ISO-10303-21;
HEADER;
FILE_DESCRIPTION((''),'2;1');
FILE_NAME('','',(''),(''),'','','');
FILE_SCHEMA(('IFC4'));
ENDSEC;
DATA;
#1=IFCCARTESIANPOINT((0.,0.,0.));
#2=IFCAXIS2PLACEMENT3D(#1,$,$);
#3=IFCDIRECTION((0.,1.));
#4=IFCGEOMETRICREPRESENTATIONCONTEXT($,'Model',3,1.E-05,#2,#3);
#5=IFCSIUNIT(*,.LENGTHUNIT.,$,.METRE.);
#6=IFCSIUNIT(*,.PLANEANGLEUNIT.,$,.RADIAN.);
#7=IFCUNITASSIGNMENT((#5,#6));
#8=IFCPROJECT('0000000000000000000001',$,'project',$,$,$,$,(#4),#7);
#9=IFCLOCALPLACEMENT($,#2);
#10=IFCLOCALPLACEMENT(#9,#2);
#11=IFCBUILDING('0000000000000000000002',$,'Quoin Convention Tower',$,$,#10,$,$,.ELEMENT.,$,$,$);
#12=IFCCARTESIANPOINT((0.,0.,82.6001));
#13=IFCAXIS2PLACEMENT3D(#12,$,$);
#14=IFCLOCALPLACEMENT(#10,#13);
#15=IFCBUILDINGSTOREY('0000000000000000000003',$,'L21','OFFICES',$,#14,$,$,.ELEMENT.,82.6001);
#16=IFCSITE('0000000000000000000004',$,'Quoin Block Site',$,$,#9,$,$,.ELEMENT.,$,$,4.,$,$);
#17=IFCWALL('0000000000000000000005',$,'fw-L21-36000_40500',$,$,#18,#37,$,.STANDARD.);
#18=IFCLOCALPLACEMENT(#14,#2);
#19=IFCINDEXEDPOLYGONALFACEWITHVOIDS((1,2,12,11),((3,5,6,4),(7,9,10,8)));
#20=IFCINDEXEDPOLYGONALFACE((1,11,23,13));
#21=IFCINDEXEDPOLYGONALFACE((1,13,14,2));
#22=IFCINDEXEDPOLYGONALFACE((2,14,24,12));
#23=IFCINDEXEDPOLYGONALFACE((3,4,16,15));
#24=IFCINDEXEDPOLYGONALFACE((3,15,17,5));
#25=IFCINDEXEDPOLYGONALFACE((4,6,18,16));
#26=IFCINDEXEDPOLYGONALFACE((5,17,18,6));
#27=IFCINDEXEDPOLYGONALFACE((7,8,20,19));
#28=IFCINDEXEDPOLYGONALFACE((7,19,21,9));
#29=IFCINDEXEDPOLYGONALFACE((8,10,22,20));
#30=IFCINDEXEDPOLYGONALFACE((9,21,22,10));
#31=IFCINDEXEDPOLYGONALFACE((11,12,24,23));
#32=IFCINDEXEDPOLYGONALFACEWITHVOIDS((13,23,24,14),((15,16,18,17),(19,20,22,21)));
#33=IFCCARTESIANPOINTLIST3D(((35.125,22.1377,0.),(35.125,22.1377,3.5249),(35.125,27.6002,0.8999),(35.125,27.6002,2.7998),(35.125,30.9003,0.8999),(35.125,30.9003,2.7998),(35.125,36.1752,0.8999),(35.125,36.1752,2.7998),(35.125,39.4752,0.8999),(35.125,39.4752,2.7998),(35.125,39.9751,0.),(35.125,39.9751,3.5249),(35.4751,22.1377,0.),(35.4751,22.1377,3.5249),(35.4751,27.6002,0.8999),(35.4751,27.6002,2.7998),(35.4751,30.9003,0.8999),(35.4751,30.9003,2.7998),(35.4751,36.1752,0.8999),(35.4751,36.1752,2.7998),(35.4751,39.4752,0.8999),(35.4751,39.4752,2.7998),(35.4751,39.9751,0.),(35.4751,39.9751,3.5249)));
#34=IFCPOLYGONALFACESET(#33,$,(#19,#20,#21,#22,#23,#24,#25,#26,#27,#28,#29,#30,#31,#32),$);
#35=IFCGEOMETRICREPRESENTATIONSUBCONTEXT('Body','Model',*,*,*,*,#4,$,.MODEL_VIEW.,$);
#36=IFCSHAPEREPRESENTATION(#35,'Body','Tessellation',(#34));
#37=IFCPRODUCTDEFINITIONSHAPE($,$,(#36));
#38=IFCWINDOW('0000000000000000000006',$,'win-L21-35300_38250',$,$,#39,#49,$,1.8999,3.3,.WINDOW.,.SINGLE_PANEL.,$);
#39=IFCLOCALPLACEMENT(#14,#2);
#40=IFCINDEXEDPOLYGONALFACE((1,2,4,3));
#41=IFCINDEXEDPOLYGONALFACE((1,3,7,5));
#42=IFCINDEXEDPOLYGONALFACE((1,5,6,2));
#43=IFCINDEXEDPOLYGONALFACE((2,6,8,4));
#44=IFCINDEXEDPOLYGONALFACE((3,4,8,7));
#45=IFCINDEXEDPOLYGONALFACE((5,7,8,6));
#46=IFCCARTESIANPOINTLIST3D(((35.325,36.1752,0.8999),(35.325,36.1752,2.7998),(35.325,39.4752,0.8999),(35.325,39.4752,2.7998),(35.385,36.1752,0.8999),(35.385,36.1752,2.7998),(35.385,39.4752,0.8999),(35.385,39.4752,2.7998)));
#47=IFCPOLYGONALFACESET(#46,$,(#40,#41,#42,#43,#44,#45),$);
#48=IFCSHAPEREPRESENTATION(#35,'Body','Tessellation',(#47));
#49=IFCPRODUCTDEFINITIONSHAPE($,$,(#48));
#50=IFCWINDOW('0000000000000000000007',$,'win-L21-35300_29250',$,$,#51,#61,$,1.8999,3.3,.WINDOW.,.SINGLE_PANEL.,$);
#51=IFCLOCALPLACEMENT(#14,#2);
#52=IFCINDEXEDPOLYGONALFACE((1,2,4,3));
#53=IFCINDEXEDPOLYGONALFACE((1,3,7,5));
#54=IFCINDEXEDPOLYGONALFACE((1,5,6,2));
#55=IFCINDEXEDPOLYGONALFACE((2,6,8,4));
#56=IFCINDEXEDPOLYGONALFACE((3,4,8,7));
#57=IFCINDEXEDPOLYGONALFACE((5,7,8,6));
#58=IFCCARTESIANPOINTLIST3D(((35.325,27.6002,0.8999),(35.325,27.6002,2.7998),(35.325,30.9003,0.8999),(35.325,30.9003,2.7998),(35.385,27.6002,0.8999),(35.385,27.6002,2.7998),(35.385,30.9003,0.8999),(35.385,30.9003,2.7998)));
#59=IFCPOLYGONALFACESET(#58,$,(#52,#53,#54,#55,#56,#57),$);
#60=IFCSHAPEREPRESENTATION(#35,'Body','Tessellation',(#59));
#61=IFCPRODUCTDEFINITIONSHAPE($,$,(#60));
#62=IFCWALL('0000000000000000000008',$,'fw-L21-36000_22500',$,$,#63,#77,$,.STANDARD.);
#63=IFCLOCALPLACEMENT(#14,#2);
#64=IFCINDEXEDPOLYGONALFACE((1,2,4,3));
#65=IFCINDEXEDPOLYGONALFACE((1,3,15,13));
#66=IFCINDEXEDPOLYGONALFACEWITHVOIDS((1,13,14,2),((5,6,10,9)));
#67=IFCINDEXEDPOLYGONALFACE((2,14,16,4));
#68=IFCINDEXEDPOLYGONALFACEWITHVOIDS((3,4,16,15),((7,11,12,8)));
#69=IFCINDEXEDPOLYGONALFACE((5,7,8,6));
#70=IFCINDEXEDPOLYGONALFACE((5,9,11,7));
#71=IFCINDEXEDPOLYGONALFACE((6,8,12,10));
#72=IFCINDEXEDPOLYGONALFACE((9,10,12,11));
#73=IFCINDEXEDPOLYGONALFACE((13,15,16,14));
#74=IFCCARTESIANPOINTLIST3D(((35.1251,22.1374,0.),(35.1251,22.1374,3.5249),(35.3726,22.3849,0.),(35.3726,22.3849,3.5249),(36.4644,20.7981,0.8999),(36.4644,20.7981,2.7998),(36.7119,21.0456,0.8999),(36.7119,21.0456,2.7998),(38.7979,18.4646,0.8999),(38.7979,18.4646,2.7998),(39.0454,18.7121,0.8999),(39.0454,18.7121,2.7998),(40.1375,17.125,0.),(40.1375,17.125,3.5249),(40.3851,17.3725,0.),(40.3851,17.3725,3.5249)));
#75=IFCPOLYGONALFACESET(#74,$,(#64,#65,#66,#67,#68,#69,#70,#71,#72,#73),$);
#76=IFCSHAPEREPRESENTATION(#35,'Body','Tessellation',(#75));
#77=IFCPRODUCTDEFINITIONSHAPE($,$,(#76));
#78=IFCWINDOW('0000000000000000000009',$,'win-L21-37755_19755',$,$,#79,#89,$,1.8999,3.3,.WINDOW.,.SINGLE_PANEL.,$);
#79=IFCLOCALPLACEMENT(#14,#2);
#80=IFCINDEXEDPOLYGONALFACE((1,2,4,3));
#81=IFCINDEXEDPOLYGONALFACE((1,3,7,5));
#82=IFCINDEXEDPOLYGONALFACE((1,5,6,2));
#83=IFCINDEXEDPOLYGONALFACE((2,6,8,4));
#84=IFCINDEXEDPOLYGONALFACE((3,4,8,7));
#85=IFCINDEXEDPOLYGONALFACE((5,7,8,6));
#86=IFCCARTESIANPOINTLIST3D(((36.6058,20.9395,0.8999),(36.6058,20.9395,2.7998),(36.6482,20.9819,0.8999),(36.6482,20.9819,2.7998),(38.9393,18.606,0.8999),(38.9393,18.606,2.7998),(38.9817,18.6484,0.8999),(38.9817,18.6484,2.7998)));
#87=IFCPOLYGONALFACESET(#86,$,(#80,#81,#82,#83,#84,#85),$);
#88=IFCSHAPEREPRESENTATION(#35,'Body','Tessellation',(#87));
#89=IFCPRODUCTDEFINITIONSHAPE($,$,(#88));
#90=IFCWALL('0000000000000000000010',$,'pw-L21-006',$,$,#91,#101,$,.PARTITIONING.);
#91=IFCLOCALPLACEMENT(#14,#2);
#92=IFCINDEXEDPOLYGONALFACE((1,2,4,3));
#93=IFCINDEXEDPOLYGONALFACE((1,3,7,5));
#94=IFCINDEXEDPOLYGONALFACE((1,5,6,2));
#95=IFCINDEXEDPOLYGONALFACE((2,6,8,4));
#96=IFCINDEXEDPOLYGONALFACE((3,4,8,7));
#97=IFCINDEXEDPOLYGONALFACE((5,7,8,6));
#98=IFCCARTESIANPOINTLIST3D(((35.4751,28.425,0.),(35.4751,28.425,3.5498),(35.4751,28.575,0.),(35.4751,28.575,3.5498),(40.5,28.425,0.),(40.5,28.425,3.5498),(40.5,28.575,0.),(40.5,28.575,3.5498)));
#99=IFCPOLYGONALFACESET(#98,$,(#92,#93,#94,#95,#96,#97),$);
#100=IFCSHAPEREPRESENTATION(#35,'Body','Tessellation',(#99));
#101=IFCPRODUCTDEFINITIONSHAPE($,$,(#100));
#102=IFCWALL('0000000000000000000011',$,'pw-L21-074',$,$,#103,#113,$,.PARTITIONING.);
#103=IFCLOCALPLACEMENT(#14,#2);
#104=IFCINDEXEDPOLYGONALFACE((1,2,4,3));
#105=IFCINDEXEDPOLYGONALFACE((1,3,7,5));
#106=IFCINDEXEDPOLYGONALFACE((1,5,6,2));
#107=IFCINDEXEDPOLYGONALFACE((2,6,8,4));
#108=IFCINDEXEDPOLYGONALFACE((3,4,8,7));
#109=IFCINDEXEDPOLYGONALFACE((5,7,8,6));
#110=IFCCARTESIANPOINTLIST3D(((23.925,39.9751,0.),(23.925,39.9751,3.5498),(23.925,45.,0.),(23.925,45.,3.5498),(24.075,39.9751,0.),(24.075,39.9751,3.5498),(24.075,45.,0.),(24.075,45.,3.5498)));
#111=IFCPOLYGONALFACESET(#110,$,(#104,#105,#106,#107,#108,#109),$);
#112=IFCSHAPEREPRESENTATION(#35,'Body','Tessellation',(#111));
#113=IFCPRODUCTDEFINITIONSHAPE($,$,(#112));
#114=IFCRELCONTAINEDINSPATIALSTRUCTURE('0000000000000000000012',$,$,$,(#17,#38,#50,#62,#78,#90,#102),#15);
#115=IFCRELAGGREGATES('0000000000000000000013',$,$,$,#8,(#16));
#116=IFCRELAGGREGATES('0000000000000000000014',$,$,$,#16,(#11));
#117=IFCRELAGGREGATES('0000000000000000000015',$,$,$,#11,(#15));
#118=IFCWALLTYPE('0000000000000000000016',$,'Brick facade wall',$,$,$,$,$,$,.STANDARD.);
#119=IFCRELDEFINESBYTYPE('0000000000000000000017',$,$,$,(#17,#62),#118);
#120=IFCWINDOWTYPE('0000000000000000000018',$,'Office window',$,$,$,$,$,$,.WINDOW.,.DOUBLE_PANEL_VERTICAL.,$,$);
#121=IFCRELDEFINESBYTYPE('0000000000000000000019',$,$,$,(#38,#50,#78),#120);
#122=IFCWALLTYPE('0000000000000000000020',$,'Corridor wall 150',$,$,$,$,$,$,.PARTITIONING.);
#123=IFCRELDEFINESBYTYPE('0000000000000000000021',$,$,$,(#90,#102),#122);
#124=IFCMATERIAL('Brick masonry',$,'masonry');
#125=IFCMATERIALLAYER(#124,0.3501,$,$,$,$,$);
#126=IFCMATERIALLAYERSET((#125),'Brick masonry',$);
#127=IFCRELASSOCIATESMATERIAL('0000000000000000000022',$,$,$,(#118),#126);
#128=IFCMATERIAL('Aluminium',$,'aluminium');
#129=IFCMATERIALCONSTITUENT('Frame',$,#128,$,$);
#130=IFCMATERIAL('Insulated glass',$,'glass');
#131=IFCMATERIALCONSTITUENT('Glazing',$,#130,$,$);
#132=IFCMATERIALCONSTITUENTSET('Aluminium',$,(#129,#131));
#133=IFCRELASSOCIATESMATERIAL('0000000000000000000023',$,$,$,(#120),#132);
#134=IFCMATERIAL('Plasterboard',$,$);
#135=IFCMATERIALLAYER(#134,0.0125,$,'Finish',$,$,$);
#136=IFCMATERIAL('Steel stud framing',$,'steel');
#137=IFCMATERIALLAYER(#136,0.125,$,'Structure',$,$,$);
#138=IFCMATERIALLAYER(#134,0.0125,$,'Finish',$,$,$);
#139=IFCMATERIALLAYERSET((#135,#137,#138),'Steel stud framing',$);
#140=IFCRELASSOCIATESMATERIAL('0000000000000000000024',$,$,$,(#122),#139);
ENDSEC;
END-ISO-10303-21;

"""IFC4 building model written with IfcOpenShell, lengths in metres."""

from ifc_helpers import new_model, si_unit, direction, frame, frame_2d, origin, place, context, subcontext, project, spatial, rectangle, extrude, material, layer, layer_set, constituent, constituent_set, type_object, element, fill, save


model = new_model("IFC4")

# Units and contexts
model_context = context("Model", 3, precision=1e-05, world=origin(), true_north=direction((0.0, 1.0)))
body_context = subcontext(model_context, "Body", "Model", "MODEL_VIEW")
ifc_project = project(units=[si_unit("LENGTHUNIT", "METRE"), si_unit("PLANEANGLEUNIT", "RADIAN")], contexts=[model_context])

# Site, building, storey
site_placement = place(None, origin())
site = spatial("IfcSite", under=ifc_project, at=site_placement, Name="Quoin Block Site", CompositionType="ELEMENT", RefElevation=4.0)
building_placement = place(site_placement, origin())
building = spatial("IfcBuilding", under=site, at=building_placement, Name="Quoin Convention Tower", CompositionType="ELEMENT")
storey_placement = place(building_placement, frame((0.0, 0.0, 82.6001)))
storey = spatial("IfcBuildingStorey", under=building, at=storey_placement, Name="L21", Description="OFFICES", CompositionType="ELEMENT", Elevation=82.6001)

# Wall, openings, windows
ifc_material_1 = material(Name="Brick masonry", Category="masonry")
ifc_layer_1 = layer(ifc_material_1, 0.3501)
ifc_layer_set_1 = layer_set([ifc_layer_1], Name="Brick masonry")
wall_type_1 = type_object("IfcWallType", Name="Brick facade wall", PredefinedType="STANDARD", material=ifc_layer_set_1)
ifc_material_2 = material(Name="Aluminium", Category="aluminium")
ifc_constituent_1 = constituent(ifc_material_2, Name="Frame")
ifc_material_3 = material(Name="Insulated glass", Category="glass")
ifc_constituent_2 = constituent(ifc_material_3, Name="Glazing")
ifc_constituent_set = constituent_set(constituents=[ifc_constituent_1, ifc_constituent_2], Name="Aluminium")
window_type = type_object("IfcWindowType", Name="Office window", PartitioningType="DOUBLE_PANEL_VERTICAL", PredefinedType="WINDOW", material=ifc_constituent_set)
wall_1_placement = place(storey_placement, frame((35.3, 39.9751, 0.0), z_axis=(0.0, 0.0, 1.0), x_axis=(0.0, -1.0, 0.0)))
wall_1 = element("IfcWall", 1, at=wall_1_placement, inside=storey, type_object=wall_type_1, Name="fw-L21-36000_40500", PredefinedType="STANDARD", context=body_context, shape_type="SweptSolid", body=[
    extrude(rectangle(XDim=17.8374, YDim=0.3501, at=frame_2d((8.9187, 0.0))), origin(), (0.0, 0.0, 1.0), 3.5249),
])
opening_1_placement = place(wall_1_placement, frame((0.5, 0.0, 0.8999)))
opening_1 = element("IfcOpeningElement", 2, at=opening_1_placement, cuts=wall_1, PredefinedType="OPENING", context=body_context, shape_type="SweptSolid", body=[
    extrude(rectangle(XDim=3.3, YDim=1.8999, at=frame_2d((1.6499, 0.95))), frame((0.0, 0.1851, 0.0), z_axis=(0.0, -1.0, 0.0), x_axis=(1.0, 0.0, 0.0)), (0.0, 0.0, 1.0), 0.3701),
])
opening_2_placement = place(wall_1_placement, frame((9.075, 0.0, 0.8999)))
opening_2 = element("IfcOpeningElement", 3, at=opening_2_placement, cuts=wall_1, PredefinedType="OPENING", context=body_context, shape_type="SweptSolid", body=[
    extrude(rectangle(XDim=3.3, YDim=1.8999, at=frame_2d((1.6499, 0.95))), frame((0.0, 0.1851, 0.0), z_axis=(0.0, -1.0, 0.0), x_axis=(1.0, 0.0, 0.0)), (0.0, 0.0, 1.0), 0.3701),
])
window_1_placement = place(opening_1_placement, origin())
window_1 = element("IfcWindow", 4, at=window_1_placement, inside=storey, type_object=window_type, Name="win-L21-35300_38250", OverallHeight=1.8999, OverallWidth=3.3, PartitioningType="SINGLE_PANEL", PredefinedType="WINDOW", context=body_context, shape_type="SweptSolid", body=[
    extrude(rectangle(XDim=3.3, YDim=1.8999, at=frame_2d((1.6499, 0.95))), frame((0.0, 0.085, 0.0), z_axis=(0.0, -1.0, 0.0), x_axis=(1.0, 0.0, 0.0)), (0.0, 0.0, 1.0), 0.0601),
])
fill(opening_1, window_1)
window_2_placement = place(opening_2_placement, origin())
window_2 = element("IfcWindow", 5, at=window_2_placement, inside=storey, type_object=window_type, Name="win-L21-35300_29250", OverallHeight=1.8999, OverallWidth=3.3, PartitioningType="SINGLE_PANEL", PredefinedType="WINDOW", context=body_context, shape_type="SweptSolid", body=[
    extrude(rectangle(XDim=3.3, YDim=1.8999, at=frame_2d((1.6499, 0.95))), frame((0.0, 0.085, 0.0), z_axis=(0.0, -1.0, 0.0), x_axis=(1.0, 0.0, 0.0)), (0.0, 0.0, 1.0), 0.0601),
])
fill(opening_2, window_2)

# Wall, opening, window
wall_2_placement = place(storey_placement, frame((35.2488, 22.2612, 0.0), z_axis=(0.0, 0.0, 1.0), x_axis=(0.707107, -0.707107, 0.0)))
wall_2 = element("IfcWall", 6, at=wall_2_placement, inside=storey, type_object=wall_type_1, Name="fw-L21-36000_22500", PredefinedType="STANDARD", context=body_context, shape_type="SweptSolid", body=[
    extrude(rectangle(XDim=7.0886, YDim=0.3501, at=frame_2d((3.5444, 0.0))), origin(), (0.0, 0.0, 1.0), 3.5249),
])
opening_3_placement = place(wall_2_placement, frame((1.8943, 0.0, 0.8999)))
opening_3 = element("IfcOpeningElement", 7, at=opening_3_placement, cuts=wall_2, PredefinedType="OPENING", context=body_context, shape_type="SweptSolid", body=[
    extrude(rectangle(XDim=3.3, YDim=1.8999, at=frame_2d((1.6499, 0.95))), frame((0.0, 0.1851, 0.0), z_axis=(0.0, -1.0, 0.0), x_axis=(1.0, 0.0, 0.0)), (0.0, 0.0, 1.0), 0.3701),
])
window_3_placement = place(opening_3_placement, origin())
window_3 = element("IfcWindow", 8, at=window_3_placement, inside=storey, type_object=window_type, Name="win-L21-37755_19755", OverallHeight=1.8999, OverallWidth=3.3, PartitioningType="SINGLE_PANEL", PredefinedType="WINDOW", context=body_context, shape_type="SweptSolid", body=[
    extrude(rectangle(XDim=3.3, YDim=1.8999, at=frame_2d((1.6499, 0.95))), frame((0.0, 0.085, 0.0), z_axis=(0.0, -1.0, 0.0), x_axis=(1.0, 0.0, 0.0)), (0.0, 0.0, 1.0), 0.0601),
])
fill(opening_3, window_3)

# Walls
ifc_material_4 = material(Name="Plasterboard")
ifc_layer_2 = layer(ifc_material_4, 0.0125, Name="Finish")
ifc_material_5 = material(Name="Steel stud framing", Category="steel")
ifc_layer_3 = layer(ifc_material_5, 0.125, Name="Structure")
ifc_layer_4 = layer(ifc_material_4, 0.0125, Name="Finish")
ifc_layer_set_2 = layer_set([ifc_layer_2, ifc_layer_3, ifc_layer_4], Name="Steel stud framing")
wall_type_2 = type_object("IfcWallType", Name="Corridor wall 150", PredefinedType="PARTITIONING", material=ifc_layer_set_2)
for number, where, z_axis, x_axis, name in (
    (9, (35.4751, 28.5, 0.0), (0.0, 0.0, 1.0), (1.0, 0.0, 0.0), "pw-L21-006"),
    (10, (24.0, 39.9751, 0.0), (0.0, 0.0, 1.0), (0.0, 1.0, 0.0), "pw-L21-074"),
):
    element("IfcWall", number, at=place(storey_placement, frame(where, z_axis=z_axis, x_axis=x_axis)), inside=storey, type_object=wall_type_2, Name=name, PredefinedType="PARTITIONING", context=body_context, shape_type="SweptSolid", body=[
        extrude(rectangle(XDim=5.0249, YDim=0.1499, at=frame_2d((2.5125, 0.0))), origin(), (0.0, 0.0, 1.0), 3.5498),
    ])

save(model, "model.ifc")
